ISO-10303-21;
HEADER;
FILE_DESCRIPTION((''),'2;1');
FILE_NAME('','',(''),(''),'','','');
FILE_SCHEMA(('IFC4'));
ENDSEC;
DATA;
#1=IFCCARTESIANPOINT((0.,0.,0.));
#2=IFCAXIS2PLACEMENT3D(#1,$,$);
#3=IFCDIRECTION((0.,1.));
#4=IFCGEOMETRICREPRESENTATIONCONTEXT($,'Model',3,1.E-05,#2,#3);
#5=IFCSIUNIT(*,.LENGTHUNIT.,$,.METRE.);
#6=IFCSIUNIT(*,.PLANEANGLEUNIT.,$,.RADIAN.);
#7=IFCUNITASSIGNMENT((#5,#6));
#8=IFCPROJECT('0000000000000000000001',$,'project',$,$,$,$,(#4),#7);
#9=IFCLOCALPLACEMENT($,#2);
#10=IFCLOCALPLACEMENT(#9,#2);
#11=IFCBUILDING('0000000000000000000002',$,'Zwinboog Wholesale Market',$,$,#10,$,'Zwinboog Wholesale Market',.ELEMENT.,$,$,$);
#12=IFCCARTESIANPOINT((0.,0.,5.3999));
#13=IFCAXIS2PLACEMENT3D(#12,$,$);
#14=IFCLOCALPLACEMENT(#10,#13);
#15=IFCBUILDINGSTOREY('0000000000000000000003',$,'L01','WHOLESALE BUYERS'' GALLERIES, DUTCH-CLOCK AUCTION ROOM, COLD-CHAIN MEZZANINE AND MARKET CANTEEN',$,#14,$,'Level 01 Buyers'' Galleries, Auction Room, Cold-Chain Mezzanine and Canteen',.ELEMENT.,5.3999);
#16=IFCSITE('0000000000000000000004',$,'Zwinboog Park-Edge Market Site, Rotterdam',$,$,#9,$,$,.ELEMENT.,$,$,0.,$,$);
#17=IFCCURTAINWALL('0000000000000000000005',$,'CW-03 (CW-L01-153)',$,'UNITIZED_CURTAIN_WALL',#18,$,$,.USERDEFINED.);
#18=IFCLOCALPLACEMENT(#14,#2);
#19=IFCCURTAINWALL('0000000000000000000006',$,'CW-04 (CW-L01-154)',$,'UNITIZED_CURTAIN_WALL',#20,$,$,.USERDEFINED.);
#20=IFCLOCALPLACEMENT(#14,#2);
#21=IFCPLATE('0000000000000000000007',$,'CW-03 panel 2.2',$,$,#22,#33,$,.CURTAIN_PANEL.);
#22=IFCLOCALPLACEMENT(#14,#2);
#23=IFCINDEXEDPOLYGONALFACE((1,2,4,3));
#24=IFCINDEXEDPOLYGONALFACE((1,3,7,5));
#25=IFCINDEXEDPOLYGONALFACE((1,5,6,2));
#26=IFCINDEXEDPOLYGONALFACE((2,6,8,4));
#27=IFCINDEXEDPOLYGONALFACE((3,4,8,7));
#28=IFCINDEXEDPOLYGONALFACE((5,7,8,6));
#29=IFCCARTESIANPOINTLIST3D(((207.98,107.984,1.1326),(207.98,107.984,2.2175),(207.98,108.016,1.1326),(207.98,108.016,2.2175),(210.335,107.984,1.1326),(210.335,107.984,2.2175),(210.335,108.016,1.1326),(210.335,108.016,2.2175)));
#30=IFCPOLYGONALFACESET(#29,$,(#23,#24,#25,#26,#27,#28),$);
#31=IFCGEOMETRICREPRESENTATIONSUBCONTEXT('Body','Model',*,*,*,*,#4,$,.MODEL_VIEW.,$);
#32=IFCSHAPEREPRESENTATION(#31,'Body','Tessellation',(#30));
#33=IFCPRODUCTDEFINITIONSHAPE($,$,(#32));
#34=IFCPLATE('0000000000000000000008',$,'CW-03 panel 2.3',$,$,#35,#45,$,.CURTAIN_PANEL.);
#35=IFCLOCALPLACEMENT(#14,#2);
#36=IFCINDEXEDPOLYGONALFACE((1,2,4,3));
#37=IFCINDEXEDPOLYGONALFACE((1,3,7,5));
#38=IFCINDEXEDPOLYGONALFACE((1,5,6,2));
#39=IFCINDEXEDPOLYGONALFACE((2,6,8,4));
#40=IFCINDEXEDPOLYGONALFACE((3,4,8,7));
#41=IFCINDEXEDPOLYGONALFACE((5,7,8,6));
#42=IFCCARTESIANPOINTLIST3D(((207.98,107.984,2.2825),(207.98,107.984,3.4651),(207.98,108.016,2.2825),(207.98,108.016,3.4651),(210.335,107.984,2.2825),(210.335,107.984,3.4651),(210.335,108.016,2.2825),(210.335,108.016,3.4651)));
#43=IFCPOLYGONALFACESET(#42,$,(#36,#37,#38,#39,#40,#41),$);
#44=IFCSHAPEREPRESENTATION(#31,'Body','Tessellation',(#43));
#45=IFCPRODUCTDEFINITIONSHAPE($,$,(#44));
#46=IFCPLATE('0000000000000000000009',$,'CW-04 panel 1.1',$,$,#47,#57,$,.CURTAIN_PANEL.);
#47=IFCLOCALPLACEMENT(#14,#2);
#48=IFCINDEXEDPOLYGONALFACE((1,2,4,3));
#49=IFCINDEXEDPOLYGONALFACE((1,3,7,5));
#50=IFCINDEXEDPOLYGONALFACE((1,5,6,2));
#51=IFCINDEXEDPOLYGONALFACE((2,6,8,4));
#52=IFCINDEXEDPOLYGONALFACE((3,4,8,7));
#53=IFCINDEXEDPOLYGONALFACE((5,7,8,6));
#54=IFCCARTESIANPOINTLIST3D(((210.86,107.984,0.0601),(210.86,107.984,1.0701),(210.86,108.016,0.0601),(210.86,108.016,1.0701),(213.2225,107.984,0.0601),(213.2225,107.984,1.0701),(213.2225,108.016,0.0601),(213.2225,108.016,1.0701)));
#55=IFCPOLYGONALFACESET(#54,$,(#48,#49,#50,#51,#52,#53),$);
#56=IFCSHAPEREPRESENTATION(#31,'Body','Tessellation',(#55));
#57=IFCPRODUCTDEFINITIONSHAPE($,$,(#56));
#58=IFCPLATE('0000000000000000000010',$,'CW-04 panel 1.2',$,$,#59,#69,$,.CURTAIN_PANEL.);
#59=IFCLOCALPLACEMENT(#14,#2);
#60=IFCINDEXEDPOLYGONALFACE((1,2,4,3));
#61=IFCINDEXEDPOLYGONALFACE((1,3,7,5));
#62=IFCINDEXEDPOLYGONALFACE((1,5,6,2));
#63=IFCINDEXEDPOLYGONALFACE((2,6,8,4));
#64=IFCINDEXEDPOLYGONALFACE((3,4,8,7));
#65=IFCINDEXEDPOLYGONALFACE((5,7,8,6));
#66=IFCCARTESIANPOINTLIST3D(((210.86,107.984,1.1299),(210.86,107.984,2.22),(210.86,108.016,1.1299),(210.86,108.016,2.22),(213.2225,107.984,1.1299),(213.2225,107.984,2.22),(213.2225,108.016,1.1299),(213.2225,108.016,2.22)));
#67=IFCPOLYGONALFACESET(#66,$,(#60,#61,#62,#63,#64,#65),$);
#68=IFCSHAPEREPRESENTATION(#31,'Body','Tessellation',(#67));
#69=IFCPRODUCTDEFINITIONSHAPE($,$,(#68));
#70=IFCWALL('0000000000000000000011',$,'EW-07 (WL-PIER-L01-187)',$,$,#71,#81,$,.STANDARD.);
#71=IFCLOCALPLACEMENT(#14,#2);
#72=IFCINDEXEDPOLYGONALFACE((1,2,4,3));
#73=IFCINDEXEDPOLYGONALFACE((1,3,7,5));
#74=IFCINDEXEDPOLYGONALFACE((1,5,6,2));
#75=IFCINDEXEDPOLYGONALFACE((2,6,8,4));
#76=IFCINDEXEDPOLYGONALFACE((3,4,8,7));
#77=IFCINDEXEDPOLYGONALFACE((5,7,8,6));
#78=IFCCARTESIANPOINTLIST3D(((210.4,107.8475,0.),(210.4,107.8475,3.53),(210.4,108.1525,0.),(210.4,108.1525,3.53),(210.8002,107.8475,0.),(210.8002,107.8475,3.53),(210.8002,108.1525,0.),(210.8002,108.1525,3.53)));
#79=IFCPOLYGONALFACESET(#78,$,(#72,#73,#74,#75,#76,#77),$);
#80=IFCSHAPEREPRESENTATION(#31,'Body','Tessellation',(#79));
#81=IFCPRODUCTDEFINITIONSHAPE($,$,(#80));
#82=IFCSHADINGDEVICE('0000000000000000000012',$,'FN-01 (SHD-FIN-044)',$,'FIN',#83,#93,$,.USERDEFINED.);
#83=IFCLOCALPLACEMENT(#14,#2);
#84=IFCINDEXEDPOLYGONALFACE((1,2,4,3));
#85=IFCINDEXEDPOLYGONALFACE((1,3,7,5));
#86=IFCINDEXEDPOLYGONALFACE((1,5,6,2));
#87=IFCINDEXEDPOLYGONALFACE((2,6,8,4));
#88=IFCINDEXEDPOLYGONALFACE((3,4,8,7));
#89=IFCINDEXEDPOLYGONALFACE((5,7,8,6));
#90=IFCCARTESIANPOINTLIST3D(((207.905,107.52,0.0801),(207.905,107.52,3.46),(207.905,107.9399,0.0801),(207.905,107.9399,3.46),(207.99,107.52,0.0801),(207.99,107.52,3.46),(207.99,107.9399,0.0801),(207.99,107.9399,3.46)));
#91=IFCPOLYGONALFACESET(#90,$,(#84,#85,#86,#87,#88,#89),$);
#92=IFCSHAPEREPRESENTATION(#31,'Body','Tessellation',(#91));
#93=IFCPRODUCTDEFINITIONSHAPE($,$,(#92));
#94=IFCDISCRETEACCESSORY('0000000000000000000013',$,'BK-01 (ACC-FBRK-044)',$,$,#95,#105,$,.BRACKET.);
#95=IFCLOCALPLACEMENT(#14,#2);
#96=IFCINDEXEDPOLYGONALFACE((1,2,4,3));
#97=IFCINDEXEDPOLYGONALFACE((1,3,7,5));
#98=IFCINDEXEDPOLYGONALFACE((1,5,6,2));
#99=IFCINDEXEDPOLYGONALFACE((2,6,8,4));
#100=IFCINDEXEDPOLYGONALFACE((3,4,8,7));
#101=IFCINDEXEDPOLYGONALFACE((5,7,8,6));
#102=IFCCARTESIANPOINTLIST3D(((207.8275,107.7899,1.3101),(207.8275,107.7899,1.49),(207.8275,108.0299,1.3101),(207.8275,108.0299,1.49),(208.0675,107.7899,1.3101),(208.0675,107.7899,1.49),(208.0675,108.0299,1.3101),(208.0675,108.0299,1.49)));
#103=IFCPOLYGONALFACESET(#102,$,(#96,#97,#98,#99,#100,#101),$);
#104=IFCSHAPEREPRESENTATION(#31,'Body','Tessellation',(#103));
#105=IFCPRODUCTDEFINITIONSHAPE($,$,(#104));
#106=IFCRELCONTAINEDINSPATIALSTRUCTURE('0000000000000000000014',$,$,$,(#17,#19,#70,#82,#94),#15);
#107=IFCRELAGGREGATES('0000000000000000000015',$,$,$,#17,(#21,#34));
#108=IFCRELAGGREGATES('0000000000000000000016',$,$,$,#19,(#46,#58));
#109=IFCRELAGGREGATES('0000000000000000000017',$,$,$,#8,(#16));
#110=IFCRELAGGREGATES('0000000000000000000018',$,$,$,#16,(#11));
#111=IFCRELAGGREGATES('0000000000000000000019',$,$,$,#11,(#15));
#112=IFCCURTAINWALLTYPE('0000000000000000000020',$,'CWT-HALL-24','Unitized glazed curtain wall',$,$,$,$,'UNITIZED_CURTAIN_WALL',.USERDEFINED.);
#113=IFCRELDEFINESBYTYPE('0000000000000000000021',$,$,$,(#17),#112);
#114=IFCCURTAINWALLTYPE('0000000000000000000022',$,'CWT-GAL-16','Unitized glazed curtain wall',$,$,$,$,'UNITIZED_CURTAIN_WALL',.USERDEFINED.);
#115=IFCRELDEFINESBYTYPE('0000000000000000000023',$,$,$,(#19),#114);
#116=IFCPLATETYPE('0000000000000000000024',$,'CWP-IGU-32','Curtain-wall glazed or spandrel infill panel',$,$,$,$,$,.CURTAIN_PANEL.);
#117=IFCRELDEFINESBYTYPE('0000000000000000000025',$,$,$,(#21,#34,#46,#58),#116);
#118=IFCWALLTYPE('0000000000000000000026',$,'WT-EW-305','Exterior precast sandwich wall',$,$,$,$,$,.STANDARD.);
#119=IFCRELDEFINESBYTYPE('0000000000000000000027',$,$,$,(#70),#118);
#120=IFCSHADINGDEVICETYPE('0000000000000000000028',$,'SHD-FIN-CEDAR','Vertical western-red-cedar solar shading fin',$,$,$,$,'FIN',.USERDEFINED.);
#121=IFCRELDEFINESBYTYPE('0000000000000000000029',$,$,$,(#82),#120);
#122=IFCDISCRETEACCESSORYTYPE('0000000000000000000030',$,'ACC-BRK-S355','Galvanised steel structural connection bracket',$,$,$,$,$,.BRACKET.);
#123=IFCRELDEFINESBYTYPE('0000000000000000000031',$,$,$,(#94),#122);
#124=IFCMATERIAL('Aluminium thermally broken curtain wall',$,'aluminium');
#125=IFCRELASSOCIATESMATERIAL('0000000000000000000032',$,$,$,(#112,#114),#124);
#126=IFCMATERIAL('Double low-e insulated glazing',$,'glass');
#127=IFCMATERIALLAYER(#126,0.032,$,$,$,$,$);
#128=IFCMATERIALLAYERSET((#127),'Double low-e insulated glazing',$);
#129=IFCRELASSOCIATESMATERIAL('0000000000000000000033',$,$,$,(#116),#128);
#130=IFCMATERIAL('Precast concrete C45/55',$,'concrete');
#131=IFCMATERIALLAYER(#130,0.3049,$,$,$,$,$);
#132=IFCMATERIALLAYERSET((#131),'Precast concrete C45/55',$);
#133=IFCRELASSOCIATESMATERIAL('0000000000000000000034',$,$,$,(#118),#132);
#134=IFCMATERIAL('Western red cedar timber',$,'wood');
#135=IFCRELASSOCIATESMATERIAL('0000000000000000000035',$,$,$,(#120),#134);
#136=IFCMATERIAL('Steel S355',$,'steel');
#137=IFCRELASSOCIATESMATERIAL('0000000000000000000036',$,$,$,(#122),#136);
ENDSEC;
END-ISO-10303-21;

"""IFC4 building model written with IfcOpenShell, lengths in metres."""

from ifc_helpers import new_model, si_unit, direction, frame, frame_2d, origin, origin_2d, place, context, subcontext, project, spatial, rectangle, extrude, material, layer, layer_set, type_object, element, aggregate, save


model = new_model("IFC4")

# Units and contexts
model_context = context("Model", 3, precision=1e-05, world=origin(), true_north=direction((0.0, 1.0)))
body_context = subcontext(model_context, "Body", "Model", "MODEL_VIEW")
ifc_project = project(units=[si_unit("LENGTHUNIT", "METRE"), si_unit("PLANEANGLEUNIT", "RADIAN")], contexts=[model_context])

# Site, building, storey
site_placement = place(None, origin())
site = spatial("IfcSite", under=ifc_project, at=site_placement, Name="Zwinboog Park-Edge Market Site, Rotterdam", CompositionType="ELEMENT", RefElevation=0.0)
building_placement = place(site_placement, origin())
building = spatial("IfcBuilding", under=site, at=building_placement, Name="Zwinboog Wholesale Market", LongName="Zwinboog Wholesale Market", CompositionType="ELEMENT")
storey_placement = place(building_placement, frame((0.0, 0.0, 5.3999)))
storey = spatial("IfcBuildingStorey", under=building, at=storey_placement, Name="L01", Description="WHOLESALE BUYERS' GALLERIES, DUTCH-CLOCK AUCTION ROOM, COLD-CHAIN MEZZANINE AND MARKET CANTEEN", LongName="Level 01 Buyers' Galleries, Auction Room, Cold-Chain Mezzanine and Canteen", CompositionType="ELEMENT", Elevation=5.3999)

# Shared definitions
ifc_material_1 = material(Name="Precast concrete C45/55", Category="concrete")

# Curtain wall
ifc_material_2 = material(Name="Aluminium thermally broken curtain wall", Category="aluminium")
curtain_wall_type_1 = type_object("IfcCurtainWallType", Name="CWT-HALL-24", Description="Unitized glazed curtain wall", ElementType="UNITIZED_CURTAIN_WALL", PredefinedType="USERDEFINED", material=ifc_material_2)
curtain_wall_1_placement = place(storey_placement, origin())
curtain_wall_1 = element("IfcCurtainWall", 1, at=curtain_wall_1_placement, inside=storey, type_object=curtain_wall_type_1, Name="CW-03 (CW-L01-153)", ObjectType="UNITIZED_CURTAIN_WALL", PredefinedType="USERDEFINED")

# Curtain wall
curtain_wall_type_2 = type_object("IfcCurtainWallType", Name="CWT-GAL-16", Description="Unitized glazed curtain wall", ElementType="UNITIZED_CURTAIN_WALL", PredefinedType="USERDEFINED", material=ifc_material_2)
curtain_wall_2_placement = place(storey_placement, origin())
curtain_wall_2 = element("IfcCurtainWall", 2, at=curtain_wall_2_placement, inside=storey, type_object=curtain_wall_type_2, Name="CW-04 (CW-L01-154)", ObjectType="UNITIZED_CURTAIN_WALL", PredefinedType="USERDEFINED")

# Plates
ifc_material_3 = material(Name="Double low-e insulated glazing", Category="glass")
ifc_layer_1 = layer(ifc_material_3, 0.032)
ifc_layer_set_1 = layer_set([ifc_layer_1], Name="Double low-e insulated glazing")
plate_type = type_object("IfcPlateType", Name="CWP-IGU-32", Description="Curtain-wall glazed or spandrel infill panel", PredefinedType="CURTAIN_PANEL", material=ifc_layer_set_1)
plate_1_placement = place(storey_placement, frame((209.1575, 108.0, 1.1326), z_axis=(0.0, 0.0, 1.0), x_axis=(1.0, 0.0, 0.0)))
plate_1 = element("IfcPlate", 3, at=plate_1_placement, type_object=plate_type, Name="CW-03 panel 2.2", PredefinedType="CURTAIN_PANEL", context=body_context, shape_type="SweptSolid", body=[
    extrude(rectangle(XDim=2.355, YDim=0.032, at=origin_2d()), origin(), (0.0, 0.0, 1.0), 1.085),
])
plate_2_placement = place(storey_placement, frame((209.1575, 108.0, 2.2825), z_axis=(0.0, 0.0, 1.0), x_axis=(1.0, 0.0, 0.0)))
plate_2 = element("IfcPlate", 4, at=plate_2_placement, type_object=plate_type, Name="CW-03 panel 2.3", PredefinedType="CURTAIN_PANEL", context=body_context, shape_type="SweptSolid", body=[
    extrude(rectangle(XDim=2.355, YDim=0.032, at=origin_2d()), origin(), (0.0, 0.0, 1.0), 1.1826),
])
aggregate(curtain_wall_1, [plate_1, plate_2])
plate_3_placement = place(storey_placement, frame((212.0413, 108.0, 0.0601), z_axis=(0.0, 0.0, 1.0), x_axis=(1.0, 0.0, 0.0)))
plate_3 = element("IfcPlate", 5, at=plate_3_placement, type_object=plate_type, Name="CW-04 panel 1.1", PredefinedType="CURTAIN_PANEL", context=body_context, shape_type="SweptSolid", body=[
    extrude(rectangle(XDim=2.3625, YDim=0.032, at=origin_2d()), origin(), (0.0, 0.0, 1.0), 1.01),
])
plate_4_placement = place(storey_placement, frame((212.0413, 108.0, 1.1299), z_axis=(0.0, 0.0, 1.0), x_axis=(1.0, 0.0, 0.0)))
plate_4 = element("IfcPlate", 6, at=plate_4_placement, type_object=plate_type, Name="CW-04 panel 1.2", PredefinedType="CURTAIN_PANEL", context=body_context, shape_type="SweptSolid", body=[
    extrude(rectangle(XDim=2.3625, YDim=0.032, at=origin_2d()), origin(), (0.0, 0.0, 1.0), 1.0901),
])
aggregate(curtain_wall_2, [plate_3, plate_4])

# Wall
ifc_layer_2 = layer(ifc_material_1, 0.3049)
ifc_layer_set_2 = layer_set([ifc_layer_2], Name="Precast concrete C45/55")
wall_type = type_object("IfcWallType", Name="WT-EW-305", Description="Exterior precast sandwich wall", PredefinedType="STANDARD", material=ifc_layer_set_2)
wall_placement = place(storey_placement, frame((210.3999, 108.0, 0.0), z_axis=(0.0, 0.0, 1.0), x_axis=(1.0, 0.0, 0.0)))
element("IfcWall", 7, at=wall_placement, inside=storey, type_object=wall_type, Name="EW-07 (WL-PIER-L01-187)", PredefinedType="STANDARD", context=body_context, shape_type="SweptSolid", body=[
    extrude(rectangle(XDim=0.4001, YDim=0.3049, at=frame_2d((0.2002, 0.0))), origin(), (0.0, 0.0, 1.0), 3.53),
])

# Shading device
ifc_material_4 = material(Name="Western red cedar timber", Category="wood")
shading_device_type = type_object("IfcShadingDeviceType", Name="SHD-FIN-CEDAR", Description="Vertical western-red-cedar solar shading fin", ElementType="FIN", PredefinedType="USERDEFINED", material=ifc_material_4)
shading_device_placement = place(storey_placement, frame((207.9475, 107.73, 0.0801), z_axis=(0.0, 0.0, 1.0), x_axis=(0.0, 1.0, 0.0)))
element("IfcShadingDevice", 8, at=shading_device_placement, inside=storey, type_object=shading_device_type, Name="FN-01 (SHD-FIN-044)", ObjectType="FIN", PredefinedType="USERDEFINED", context=body_context, shape_type="SweptSolid", body=[
    extrude(rectangle(XDim=0.4199, YDim=0.085, at=origin_2d()), origin(), (0.0, 0.0, 1.0), 3.3799),
])

# Discrete accessory
ifc_material_5 = material(Name="Steel S355", Category="steel")
discrete_accessory_type = type_object("IfcDiscreteAccessoryType", Name="ACC-BRK-S355", Description="Galvanised steel structural connection bracket", PredefinedType="BRACKET", material=ifc_material_5)
discrete_accessory_placement = place(storey_placement, frame((207.9475, 107.9099, 1.3101), z_axis=(0.0, 0.0, 1.0), x_axis=(1.0, 0.0, 0.0)))
element("IfcDiscreteAccessory", 9, at=discrete_accessory_placement, inside=storey, type_object=discrete_accessory_type, Name="BK-01 (ACC-FBRK-044)", PredefinedType="BRACKET", context=body_context, shape_type="SweptSolid", body=[
    extrude(rectangle(XDim=0.24, YDim=0.24, at=origin_2d()), origin(), (0.0, 0.0, 1.0), 0.1799),
])

save(model, "model.ifc")
